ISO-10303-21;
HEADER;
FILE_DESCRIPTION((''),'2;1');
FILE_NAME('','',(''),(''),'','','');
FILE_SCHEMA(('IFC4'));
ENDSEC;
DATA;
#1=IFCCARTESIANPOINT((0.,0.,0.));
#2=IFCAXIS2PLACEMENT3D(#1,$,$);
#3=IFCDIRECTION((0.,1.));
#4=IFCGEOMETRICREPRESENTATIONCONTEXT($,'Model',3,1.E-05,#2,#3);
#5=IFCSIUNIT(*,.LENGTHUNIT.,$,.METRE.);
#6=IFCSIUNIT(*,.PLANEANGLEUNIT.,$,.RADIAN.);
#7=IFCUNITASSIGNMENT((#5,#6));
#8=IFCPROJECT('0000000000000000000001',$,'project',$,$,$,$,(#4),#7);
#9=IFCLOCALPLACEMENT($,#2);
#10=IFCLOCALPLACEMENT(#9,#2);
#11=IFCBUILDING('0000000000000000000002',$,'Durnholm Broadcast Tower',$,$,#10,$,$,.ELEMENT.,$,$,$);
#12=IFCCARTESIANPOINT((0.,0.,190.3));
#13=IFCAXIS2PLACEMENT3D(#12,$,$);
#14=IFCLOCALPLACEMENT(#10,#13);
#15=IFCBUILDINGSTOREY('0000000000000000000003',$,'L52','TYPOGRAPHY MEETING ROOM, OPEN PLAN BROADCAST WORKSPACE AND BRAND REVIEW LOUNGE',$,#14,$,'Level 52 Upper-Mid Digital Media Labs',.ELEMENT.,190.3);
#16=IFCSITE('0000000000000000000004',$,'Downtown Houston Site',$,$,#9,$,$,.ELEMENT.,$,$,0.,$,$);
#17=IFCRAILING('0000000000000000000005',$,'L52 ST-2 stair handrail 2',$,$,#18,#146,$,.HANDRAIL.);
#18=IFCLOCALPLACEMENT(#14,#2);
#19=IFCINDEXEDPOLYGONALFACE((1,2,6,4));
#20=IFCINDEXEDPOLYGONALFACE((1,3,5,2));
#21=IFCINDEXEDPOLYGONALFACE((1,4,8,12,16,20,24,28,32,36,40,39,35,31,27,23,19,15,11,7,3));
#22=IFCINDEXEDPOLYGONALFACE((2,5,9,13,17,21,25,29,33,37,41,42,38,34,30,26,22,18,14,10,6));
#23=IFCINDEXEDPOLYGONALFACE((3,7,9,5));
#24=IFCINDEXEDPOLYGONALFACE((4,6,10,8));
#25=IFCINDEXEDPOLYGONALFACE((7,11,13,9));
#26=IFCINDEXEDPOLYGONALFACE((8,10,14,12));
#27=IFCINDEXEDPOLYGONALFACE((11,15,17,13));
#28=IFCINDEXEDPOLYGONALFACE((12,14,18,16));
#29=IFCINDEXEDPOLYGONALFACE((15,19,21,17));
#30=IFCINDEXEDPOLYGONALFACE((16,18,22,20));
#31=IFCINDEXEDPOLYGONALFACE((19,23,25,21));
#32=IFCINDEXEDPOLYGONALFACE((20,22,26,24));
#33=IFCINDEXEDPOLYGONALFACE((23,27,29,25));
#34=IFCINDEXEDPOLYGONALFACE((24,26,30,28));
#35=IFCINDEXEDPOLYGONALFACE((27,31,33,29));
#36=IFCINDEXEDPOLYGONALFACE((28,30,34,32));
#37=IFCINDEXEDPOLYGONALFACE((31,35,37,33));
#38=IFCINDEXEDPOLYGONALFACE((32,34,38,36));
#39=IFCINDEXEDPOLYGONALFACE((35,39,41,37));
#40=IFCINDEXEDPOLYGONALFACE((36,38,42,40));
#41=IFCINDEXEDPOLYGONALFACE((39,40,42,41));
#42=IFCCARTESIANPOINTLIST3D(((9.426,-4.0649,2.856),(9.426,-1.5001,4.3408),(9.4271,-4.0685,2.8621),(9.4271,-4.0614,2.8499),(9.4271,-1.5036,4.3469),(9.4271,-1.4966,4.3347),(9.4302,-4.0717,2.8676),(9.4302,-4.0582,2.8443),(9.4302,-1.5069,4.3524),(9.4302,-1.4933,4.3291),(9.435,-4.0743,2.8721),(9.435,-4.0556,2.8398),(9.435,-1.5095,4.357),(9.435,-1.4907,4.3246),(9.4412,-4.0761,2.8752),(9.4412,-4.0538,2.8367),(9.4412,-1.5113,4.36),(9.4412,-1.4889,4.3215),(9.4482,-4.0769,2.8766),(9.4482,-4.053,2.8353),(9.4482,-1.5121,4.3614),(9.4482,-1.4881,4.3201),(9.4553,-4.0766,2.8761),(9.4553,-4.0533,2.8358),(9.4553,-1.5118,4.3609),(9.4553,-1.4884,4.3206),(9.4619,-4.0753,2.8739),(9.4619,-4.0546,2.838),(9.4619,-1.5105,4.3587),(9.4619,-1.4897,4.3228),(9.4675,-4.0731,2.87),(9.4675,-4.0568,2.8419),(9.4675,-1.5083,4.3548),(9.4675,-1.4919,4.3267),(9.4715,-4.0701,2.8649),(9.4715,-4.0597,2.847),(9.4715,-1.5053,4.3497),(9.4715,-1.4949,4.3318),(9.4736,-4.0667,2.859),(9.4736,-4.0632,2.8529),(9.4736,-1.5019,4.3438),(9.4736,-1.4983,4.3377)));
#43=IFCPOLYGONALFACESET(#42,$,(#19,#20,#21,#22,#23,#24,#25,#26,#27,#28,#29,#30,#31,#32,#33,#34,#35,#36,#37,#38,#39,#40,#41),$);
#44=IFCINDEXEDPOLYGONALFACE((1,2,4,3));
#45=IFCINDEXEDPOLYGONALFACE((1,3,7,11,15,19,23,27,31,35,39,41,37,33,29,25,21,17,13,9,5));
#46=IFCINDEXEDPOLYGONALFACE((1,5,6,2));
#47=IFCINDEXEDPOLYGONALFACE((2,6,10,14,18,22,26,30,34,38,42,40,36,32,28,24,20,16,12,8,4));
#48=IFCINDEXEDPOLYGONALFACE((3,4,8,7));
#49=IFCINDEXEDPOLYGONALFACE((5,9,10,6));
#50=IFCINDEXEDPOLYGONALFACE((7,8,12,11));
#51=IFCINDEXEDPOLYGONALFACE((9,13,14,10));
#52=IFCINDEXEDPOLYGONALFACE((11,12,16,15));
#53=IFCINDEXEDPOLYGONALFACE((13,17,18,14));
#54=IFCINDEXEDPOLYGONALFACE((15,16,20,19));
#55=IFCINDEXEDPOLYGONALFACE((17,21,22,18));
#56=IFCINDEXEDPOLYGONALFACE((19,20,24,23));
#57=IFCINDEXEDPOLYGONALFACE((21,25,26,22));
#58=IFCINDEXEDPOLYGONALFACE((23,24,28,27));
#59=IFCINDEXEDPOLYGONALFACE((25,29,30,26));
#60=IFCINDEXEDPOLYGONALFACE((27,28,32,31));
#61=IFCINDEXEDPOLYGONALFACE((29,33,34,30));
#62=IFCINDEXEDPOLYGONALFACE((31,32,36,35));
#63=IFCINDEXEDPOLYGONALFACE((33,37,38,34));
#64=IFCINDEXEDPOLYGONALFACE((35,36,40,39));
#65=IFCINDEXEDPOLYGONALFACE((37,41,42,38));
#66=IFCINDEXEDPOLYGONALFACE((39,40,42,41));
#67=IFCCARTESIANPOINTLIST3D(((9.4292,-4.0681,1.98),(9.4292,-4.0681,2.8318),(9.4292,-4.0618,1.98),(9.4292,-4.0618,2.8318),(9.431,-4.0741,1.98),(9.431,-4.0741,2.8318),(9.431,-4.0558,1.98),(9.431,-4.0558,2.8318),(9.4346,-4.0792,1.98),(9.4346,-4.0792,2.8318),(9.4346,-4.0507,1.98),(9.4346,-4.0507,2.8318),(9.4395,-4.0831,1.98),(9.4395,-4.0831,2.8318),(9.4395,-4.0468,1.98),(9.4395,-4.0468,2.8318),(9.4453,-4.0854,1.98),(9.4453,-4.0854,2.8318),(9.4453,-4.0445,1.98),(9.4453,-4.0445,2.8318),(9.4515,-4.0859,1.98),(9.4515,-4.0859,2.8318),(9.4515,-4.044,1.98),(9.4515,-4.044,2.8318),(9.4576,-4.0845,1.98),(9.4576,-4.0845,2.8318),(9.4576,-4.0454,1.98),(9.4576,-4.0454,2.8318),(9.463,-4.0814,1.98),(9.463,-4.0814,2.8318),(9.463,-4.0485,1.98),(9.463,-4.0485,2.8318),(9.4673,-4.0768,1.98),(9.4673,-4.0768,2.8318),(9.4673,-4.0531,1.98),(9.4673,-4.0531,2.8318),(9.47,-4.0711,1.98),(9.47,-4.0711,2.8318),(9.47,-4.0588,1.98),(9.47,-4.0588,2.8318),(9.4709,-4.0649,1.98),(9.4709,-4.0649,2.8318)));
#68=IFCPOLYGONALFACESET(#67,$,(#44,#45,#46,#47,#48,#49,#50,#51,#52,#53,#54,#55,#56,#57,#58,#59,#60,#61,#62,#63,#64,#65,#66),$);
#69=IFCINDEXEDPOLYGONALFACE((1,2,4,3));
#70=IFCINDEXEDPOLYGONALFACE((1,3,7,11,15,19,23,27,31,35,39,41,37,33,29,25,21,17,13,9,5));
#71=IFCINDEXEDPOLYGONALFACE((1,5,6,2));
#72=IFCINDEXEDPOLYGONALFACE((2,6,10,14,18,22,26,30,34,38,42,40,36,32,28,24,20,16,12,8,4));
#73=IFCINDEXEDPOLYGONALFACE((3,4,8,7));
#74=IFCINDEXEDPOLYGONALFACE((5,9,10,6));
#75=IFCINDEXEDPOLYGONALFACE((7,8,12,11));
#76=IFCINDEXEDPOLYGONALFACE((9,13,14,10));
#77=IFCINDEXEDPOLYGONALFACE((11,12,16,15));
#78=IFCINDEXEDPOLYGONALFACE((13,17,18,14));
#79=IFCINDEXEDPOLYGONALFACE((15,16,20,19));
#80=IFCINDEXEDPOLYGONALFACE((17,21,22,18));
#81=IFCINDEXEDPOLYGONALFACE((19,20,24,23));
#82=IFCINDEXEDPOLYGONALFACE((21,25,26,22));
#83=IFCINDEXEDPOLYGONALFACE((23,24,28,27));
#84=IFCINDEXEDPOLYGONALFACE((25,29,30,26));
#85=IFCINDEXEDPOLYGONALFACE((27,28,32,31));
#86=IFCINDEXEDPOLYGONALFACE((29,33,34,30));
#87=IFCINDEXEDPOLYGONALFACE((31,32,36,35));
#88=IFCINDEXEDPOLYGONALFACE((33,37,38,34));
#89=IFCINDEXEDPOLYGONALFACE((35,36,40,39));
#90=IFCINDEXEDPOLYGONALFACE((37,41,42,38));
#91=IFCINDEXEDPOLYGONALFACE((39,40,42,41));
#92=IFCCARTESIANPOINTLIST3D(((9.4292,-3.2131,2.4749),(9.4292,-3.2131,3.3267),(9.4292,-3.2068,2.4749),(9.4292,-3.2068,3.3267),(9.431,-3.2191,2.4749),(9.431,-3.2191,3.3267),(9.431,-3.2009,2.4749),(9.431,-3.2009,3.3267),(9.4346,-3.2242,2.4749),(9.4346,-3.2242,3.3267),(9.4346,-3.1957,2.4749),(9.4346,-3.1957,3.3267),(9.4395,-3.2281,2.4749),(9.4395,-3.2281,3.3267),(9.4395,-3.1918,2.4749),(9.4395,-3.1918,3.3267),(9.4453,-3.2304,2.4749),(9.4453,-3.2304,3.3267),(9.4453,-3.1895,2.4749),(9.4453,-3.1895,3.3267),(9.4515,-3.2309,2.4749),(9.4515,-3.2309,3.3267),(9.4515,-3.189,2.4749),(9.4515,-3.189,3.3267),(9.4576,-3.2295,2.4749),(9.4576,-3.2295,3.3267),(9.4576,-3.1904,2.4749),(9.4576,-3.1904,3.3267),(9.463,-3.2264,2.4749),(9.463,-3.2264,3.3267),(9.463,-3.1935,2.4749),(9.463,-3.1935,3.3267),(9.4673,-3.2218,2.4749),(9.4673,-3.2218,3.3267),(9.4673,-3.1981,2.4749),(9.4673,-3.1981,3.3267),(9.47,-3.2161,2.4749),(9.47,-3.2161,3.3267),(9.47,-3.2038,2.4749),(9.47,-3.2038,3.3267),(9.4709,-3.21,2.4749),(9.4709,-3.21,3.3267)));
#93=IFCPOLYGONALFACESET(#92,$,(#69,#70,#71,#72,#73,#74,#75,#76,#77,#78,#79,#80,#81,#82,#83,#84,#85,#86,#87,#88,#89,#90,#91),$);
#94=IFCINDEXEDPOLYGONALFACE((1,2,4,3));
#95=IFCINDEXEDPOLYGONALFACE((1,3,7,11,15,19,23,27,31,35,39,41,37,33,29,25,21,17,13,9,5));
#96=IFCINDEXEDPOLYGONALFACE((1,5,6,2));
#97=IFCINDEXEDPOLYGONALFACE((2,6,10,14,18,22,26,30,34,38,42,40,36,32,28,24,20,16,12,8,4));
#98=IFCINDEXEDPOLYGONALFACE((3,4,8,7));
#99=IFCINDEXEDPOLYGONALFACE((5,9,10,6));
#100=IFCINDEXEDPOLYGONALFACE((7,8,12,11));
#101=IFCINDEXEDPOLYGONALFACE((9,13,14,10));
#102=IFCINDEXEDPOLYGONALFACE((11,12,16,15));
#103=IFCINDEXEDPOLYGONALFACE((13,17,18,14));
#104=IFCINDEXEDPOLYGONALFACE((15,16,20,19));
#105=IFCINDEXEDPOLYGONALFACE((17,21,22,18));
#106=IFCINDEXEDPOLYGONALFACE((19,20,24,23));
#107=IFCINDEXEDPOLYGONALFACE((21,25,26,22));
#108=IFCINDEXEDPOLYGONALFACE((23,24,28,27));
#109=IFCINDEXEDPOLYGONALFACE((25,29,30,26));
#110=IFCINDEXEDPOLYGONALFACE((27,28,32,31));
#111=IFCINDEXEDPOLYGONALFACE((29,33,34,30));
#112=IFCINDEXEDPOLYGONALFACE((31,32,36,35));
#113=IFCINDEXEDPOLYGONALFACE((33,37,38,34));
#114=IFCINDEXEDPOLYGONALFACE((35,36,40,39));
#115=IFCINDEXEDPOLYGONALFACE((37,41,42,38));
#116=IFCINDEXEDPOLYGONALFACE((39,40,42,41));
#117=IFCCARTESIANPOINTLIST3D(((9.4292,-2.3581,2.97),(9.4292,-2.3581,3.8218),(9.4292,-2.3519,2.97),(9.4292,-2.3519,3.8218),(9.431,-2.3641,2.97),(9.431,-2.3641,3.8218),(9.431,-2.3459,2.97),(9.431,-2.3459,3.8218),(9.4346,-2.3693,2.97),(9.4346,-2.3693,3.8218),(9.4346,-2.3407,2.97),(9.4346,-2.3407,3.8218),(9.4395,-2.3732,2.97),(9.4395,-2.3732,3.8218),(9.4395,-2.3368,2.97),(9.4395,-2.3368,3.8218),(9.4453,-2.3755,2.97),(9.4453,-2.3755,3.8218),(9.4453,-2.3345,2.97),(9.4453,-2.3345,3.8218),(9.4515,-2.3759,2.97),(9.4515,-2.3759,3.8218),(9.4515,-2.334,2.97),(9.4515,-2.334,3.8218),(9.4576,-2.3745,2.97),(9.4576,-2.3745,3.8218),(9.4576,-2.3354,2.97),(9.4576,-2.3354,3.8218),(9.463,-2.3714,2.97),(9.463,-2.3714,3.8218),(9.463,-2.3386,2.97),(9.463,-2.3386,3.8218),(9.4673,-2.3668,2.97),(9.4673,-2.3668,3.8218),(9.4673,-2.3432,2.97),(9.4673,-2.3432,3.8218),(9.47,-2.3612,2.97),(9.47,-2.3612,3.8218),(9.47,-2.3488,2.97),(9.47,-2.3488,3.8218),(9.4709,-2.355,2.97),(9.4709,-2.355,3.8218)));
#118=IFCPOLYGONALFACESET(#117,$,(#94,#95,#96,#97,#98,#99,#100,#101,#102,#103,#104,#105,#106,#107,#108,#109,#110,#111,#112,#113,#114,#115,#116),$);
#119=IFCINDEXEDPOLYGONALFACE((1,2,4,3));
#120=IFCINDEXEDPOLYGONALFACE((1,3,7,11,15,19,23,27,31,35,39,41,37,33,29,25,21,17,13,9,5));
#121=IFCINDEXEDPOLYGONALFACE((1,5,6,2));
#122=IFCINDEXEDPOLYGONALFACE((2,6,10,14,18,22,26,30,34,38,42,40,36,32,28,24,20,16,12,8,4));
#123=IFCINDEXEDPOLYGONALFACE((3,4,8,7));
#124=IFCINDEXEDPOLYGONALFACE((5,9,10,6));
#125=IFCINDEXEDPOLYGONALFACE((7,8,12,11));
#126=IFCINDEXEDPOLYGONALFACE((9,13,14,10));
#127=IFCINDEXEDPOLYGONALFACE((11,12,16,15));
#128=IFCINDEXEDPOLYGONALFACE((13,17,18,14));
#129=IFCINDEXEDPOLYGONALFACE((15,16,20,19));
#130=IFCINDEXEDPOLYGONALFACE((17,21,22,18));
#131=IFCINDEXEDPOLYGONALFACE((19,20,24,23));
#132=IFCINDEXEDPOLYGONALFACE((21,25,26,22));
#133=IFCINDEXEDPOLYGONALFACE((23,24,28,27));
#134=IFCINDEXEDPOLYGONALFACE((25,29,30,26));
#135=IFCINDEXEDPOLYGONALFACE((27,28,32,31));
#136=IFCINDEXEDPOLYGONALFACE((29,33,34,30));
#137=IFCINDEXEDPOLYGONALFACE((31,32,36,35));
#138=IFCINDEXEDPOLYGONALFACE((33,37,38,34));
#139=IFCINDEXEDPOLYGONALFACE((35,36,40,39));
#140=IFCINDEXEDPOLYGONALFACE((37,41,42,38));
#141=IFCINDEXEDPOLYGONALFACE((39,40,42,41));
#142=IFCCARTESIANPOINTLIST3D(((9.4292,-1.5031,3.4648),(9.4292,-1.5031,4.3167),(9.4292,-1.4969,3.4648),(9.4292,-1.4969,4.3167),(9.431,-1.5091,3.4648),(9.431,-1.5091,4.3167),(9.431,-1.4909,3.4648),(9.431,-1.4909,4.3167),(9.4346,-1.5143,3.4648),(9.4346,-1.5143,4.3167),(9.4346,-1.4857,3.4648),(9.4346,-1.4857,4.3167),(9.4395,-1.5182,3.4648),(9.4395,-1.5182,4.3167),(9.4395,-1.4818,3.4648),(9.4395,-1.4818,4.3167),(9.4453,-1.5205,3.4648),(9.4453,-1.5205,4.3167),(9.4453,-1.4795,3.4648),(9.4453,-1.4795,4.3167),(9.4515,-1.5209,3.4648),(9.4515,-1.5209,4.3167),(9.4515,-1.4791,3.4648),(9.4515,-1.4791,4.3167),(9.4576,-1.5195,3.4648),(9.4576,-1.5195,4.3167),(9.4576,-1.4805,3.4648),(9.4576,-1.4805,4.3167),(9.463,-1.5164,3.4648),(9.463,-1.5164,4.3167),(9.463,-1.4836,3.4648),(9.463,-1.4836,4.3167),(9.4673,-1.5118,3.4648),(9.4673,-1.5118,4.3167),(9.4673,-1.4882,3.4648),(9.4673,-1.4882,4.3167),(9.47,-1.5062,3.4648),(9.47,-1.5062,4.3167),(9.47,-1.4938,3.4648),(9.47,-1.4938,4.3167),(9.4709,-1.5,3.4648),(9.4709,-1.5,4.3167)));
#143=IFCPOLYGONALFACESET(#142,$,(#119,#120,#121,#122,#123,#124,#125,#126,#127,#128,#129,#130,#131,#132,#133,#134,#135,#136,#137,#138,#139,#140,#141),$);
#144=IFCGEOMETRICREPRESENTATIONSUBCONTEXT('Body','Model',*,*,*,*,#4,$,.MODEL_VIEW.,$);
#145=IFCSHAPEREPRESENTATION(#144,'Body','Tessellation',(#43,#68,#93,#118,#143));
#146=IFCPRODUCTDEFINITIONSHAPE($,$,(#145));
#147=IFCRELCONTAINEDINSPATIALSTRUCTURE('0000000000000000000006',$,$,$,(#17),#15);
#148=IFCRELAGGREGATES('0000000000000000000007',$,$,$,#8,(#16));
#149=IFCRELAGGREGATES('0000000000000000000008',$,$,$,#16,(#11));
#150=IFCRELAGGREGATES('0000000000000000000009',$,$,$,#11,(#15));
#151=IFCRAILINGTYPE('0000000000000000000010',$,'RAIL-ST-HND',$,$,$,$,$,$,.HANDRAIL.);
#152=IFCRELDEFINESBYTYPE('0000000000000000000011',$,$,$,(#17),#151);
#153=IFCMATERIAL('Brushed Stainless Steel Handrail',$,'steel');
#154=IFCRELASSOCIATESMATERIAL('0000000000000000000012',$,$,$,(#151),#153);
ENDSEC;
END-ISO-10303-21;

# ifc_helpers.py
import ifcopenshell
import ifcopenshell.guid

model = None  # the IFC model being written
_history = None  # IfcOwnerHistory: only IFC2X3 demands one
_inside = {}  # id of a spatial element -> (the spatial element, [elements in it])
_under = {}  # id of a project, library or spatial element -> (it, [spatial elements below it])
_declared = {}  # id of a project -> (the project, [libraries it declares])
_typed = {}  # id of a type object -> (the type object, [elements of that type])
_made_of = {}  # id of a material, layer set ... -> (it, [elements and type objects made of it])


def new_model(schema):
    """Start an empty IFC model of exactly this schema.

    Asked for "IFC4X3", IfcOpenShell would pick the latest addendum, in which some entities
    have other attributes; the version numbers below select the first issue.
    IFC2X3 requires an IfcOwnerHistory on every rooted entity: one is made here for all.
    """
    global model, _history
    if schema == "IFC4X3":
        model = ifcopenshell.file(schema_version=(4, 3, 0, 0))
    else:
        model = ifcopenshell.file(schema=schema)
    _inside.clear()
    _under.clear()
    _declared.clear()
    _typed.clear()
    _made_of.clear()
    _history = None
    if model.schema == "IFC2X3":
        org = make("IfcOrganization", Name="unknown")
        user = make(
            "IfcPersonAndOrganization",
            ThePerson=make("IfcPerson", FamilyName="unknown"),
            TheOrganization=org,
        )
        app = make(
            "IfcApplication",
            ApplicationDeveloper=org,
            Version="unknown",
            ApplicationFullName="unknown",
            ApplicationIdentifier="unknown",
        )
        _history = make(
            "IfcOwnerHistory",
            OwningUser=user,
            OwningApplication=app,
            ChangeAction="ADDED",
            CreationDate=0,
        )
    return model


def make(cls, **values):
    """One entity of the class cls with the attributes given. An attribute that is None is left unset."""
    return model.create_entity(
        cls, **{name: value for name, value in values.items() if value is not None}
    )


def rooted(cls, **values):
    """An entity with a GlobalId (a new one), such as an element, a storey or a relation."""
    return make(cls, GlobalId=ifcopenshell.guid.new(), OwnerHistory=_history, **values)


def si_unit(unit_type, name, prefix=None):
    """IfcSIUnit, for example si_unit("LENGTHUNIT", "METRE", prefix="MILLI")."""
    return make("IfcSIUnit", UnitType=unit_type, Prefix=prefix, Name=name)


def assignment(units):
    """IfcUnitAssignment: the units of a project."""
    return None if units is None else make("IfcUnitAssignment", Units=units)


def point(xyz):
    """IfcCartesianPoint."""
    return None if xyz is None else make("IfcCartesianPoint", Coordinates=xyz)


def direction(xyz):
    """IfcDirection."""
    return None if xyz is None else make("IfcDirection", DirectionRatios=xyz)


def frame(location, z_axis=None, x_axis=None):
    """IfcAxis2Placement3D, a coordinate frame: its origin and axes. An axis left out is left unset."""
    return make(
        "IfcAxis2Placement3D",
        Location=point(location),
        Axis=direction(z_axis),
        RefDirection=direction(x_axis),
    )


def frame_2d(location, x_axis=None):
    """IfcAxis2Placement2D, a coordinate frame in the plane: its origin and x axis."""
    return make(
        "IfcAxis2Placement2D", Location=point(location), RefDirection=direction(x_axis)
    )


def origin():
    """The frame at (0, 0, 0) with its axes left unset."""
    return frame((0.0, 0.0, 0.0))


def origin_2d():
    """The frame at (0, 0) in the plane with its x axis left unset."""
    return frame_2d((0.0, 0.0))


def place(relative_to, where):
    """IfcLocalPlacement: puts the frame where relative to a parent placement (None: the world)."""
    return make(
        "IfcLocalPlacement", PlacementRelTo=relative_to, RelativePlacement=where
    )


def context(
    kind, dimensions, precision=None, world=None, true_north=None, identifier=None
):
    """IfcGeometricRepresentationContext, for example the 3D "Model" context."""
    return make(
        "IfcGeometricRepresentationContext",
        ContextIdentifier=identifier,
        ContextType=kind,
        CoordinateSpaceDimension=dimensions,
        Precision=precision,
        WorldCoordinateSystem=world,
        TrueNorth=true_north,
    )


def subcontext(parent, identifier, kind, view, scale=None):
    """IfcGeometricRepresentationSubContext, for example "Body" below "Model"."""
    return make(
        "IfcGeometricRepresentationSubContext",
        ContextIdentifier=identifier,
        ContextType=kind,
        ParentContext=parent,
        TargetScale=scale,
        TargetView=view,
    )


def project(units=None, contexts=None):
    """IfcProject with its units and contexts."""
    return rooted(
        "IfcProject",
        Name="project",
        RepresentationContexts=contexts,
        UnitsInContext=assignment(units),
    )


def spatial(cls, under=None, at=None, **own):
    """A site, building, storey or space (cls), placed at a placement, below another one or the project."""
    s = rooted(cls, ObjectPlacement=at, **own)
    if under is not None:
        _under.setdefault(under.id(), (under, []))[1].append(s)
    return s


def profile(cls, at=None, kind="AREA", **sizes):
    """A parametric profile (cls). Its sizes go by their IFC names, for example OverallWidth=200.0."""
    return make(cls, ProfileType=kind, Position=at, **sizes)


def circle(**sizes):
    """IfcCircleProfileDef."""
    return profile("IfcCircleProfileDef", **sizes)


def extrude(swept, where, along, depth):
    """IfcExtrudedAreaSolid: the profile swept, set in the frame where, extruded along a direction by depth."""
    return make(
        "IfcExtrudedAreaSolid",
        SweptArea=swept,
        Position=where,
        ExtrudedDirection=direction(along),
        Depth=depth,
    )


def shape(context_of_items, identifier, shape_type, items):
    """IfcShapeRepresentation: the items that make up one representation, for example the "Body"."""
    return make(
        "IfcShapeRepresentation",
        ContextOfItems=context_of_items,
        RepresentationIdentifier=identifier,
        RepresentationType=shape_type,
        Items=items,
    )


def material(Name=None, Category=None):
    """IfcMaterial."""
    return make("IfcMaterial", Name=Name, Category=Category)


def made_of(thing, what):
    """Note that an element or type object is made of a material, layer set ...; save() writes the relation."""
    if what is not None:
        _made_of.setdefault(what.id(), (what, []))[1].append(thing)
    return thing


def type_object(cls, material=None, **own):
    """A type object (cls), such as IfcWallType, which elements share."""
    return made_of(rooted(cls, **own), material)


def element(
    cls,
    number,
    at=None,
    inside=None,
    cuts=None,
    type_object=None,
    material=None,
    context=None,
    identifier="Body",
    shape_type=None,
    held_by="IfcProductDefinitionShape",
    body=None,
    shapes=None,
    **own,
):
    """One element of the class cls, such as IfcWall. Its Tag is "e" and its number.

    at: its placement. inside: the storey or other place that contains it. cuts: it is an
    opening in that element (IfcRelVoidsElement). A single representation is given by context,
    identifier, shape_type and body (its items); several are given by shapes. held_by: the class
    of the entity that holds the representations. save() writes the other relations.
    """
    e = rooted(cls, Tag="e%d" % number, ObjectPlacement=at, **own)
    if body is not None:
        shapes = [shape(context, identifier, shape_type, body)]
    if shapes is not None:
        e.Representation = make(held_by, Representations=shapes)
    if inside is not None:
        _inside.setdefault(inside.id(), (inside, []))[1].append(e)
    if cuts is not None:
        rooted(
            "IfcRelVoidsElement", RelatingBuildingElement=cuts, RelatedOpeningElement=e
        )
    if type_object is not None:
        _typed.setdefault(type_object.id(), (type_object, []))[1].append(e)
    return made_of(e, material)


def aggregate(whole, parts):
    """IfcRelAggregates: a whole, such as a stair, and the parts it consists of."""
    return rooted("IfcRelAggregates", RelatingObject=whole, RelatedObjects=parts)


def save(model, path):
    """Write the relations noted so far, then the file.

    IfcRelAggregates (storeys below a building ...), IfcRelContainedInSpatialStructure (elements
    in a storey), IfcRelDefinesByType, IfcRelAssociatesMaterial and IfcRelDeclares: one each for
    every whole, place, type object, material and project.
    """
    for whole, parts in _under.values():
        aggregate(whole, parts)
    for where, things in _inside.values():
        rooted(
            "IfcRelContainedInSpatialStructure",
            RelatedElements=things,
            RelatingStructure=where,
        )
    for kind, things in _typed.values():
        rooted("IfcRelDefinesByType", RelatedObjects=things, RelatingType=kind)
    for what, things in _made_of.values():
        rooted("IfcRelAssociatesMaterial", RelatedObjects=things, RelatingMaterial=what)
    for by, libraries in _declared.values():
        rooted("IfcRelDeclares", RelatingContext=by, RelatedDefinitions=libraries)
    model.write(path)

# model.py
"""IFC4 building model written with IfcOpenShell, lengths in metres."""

from ifc_helpers import new_model, si_unit, direction, frame, origin, origin_2d, place, context, subcontext, project, spatial, circle, extrude, material, type_object, element, save


model = new_model("IFC4")

# Units and contexts
model_context = context("Model", 3, precision=1e-05, world=origin(), true_north=direction((0.0, 1.0)))
body_context = subcontext(model_context, "Body", "Model", "MODEL_VIEW")
ifc_project = project(units=[si_unit("LENGTHUNIT", "METRE"), si_unit("PLANEANGLEUNIT", "RADIAN")], contexts=[model_context])

# Site, building, storey
site_placement = place(None, origin())
site = spatial("IfcSite", under=ifc_project, at=site_placement, Name="Downtown Houston Site", CompositionType="ELEMENT", RefElevation=0.0)
building_placement = place(site_placement, origin())
building = spatial("IfcBuilding", under=site, at=building_placement, Name="Durnholm Broadcast Tower", CompositionType="ELEMENT")
storey_placement = place(building_placement, frame((0.0, 0.0, 190.3)))
storey = spatial("IfcBuildingStorey", under=building, at=storey_placement, Name="L52", Description="TYPOGRAPHY MEETING ROOM, OPEN PLAN BROADCAST WORKSPACE AND BRAND REVIEW LOUNGE", LongName="Level 52 Upper-Mid Digital Media Labs", CompositionType="ELEMENT", Elevation=190.3)

# Railing
ifc_material_1 = material(Name="Brushed Stainless Steel Handrail", Category="steel")
railing_type_1 = type_object("IfcRailingType", Name="RAIL-ST-HND", PredefinedType="HANDRAIL", material=ifc_material_1)
railing_1_placement = place(storey_placement, frame((9.45, -4.0649, 1.98)))
element("IfcRailing", 1, at=railing_1_placement, inside=storey, type_object=railing_type_1, Name="L52 ST-2 stair handrail 2", PredefinedType="HANDRAIL", context=body_context, shape_type="SweptSolid", body=[
    extrude(circle(Radius=0.0239, at=origin_2d()), frame((0.0, 0.0, 0.876), z_axis=(0.0, 0.865441, 0.50101), x_axis=(-1.0, 0.0, 0.0)), (0.0, 0.0, 1.0), 2.9636),
    extrude(circle(Radius=0.021, at=origin_2d()), origin(), (0.0, 0.0, 1.0), 0.8518),
    extrude(circle(Radius=0.021, at=origin_2d()), frame((0.0, 0.855, 0.4949)), (0.0, 0.0, 1.0), 0.8518),
    extrude(circle(Radius=0.021, at=origin_2d()), frame((0.0, 1.71, 0.99)), (0.0, 0.0, 1.0), 0.8518),
    extrude(circle(Radius=0.021, at=origin_2d()), frame((0.0, 2.5649, 1.4849)), (0.0, 0.0, 1.0), 0.8518),
])

save(model, "model.ifc")
